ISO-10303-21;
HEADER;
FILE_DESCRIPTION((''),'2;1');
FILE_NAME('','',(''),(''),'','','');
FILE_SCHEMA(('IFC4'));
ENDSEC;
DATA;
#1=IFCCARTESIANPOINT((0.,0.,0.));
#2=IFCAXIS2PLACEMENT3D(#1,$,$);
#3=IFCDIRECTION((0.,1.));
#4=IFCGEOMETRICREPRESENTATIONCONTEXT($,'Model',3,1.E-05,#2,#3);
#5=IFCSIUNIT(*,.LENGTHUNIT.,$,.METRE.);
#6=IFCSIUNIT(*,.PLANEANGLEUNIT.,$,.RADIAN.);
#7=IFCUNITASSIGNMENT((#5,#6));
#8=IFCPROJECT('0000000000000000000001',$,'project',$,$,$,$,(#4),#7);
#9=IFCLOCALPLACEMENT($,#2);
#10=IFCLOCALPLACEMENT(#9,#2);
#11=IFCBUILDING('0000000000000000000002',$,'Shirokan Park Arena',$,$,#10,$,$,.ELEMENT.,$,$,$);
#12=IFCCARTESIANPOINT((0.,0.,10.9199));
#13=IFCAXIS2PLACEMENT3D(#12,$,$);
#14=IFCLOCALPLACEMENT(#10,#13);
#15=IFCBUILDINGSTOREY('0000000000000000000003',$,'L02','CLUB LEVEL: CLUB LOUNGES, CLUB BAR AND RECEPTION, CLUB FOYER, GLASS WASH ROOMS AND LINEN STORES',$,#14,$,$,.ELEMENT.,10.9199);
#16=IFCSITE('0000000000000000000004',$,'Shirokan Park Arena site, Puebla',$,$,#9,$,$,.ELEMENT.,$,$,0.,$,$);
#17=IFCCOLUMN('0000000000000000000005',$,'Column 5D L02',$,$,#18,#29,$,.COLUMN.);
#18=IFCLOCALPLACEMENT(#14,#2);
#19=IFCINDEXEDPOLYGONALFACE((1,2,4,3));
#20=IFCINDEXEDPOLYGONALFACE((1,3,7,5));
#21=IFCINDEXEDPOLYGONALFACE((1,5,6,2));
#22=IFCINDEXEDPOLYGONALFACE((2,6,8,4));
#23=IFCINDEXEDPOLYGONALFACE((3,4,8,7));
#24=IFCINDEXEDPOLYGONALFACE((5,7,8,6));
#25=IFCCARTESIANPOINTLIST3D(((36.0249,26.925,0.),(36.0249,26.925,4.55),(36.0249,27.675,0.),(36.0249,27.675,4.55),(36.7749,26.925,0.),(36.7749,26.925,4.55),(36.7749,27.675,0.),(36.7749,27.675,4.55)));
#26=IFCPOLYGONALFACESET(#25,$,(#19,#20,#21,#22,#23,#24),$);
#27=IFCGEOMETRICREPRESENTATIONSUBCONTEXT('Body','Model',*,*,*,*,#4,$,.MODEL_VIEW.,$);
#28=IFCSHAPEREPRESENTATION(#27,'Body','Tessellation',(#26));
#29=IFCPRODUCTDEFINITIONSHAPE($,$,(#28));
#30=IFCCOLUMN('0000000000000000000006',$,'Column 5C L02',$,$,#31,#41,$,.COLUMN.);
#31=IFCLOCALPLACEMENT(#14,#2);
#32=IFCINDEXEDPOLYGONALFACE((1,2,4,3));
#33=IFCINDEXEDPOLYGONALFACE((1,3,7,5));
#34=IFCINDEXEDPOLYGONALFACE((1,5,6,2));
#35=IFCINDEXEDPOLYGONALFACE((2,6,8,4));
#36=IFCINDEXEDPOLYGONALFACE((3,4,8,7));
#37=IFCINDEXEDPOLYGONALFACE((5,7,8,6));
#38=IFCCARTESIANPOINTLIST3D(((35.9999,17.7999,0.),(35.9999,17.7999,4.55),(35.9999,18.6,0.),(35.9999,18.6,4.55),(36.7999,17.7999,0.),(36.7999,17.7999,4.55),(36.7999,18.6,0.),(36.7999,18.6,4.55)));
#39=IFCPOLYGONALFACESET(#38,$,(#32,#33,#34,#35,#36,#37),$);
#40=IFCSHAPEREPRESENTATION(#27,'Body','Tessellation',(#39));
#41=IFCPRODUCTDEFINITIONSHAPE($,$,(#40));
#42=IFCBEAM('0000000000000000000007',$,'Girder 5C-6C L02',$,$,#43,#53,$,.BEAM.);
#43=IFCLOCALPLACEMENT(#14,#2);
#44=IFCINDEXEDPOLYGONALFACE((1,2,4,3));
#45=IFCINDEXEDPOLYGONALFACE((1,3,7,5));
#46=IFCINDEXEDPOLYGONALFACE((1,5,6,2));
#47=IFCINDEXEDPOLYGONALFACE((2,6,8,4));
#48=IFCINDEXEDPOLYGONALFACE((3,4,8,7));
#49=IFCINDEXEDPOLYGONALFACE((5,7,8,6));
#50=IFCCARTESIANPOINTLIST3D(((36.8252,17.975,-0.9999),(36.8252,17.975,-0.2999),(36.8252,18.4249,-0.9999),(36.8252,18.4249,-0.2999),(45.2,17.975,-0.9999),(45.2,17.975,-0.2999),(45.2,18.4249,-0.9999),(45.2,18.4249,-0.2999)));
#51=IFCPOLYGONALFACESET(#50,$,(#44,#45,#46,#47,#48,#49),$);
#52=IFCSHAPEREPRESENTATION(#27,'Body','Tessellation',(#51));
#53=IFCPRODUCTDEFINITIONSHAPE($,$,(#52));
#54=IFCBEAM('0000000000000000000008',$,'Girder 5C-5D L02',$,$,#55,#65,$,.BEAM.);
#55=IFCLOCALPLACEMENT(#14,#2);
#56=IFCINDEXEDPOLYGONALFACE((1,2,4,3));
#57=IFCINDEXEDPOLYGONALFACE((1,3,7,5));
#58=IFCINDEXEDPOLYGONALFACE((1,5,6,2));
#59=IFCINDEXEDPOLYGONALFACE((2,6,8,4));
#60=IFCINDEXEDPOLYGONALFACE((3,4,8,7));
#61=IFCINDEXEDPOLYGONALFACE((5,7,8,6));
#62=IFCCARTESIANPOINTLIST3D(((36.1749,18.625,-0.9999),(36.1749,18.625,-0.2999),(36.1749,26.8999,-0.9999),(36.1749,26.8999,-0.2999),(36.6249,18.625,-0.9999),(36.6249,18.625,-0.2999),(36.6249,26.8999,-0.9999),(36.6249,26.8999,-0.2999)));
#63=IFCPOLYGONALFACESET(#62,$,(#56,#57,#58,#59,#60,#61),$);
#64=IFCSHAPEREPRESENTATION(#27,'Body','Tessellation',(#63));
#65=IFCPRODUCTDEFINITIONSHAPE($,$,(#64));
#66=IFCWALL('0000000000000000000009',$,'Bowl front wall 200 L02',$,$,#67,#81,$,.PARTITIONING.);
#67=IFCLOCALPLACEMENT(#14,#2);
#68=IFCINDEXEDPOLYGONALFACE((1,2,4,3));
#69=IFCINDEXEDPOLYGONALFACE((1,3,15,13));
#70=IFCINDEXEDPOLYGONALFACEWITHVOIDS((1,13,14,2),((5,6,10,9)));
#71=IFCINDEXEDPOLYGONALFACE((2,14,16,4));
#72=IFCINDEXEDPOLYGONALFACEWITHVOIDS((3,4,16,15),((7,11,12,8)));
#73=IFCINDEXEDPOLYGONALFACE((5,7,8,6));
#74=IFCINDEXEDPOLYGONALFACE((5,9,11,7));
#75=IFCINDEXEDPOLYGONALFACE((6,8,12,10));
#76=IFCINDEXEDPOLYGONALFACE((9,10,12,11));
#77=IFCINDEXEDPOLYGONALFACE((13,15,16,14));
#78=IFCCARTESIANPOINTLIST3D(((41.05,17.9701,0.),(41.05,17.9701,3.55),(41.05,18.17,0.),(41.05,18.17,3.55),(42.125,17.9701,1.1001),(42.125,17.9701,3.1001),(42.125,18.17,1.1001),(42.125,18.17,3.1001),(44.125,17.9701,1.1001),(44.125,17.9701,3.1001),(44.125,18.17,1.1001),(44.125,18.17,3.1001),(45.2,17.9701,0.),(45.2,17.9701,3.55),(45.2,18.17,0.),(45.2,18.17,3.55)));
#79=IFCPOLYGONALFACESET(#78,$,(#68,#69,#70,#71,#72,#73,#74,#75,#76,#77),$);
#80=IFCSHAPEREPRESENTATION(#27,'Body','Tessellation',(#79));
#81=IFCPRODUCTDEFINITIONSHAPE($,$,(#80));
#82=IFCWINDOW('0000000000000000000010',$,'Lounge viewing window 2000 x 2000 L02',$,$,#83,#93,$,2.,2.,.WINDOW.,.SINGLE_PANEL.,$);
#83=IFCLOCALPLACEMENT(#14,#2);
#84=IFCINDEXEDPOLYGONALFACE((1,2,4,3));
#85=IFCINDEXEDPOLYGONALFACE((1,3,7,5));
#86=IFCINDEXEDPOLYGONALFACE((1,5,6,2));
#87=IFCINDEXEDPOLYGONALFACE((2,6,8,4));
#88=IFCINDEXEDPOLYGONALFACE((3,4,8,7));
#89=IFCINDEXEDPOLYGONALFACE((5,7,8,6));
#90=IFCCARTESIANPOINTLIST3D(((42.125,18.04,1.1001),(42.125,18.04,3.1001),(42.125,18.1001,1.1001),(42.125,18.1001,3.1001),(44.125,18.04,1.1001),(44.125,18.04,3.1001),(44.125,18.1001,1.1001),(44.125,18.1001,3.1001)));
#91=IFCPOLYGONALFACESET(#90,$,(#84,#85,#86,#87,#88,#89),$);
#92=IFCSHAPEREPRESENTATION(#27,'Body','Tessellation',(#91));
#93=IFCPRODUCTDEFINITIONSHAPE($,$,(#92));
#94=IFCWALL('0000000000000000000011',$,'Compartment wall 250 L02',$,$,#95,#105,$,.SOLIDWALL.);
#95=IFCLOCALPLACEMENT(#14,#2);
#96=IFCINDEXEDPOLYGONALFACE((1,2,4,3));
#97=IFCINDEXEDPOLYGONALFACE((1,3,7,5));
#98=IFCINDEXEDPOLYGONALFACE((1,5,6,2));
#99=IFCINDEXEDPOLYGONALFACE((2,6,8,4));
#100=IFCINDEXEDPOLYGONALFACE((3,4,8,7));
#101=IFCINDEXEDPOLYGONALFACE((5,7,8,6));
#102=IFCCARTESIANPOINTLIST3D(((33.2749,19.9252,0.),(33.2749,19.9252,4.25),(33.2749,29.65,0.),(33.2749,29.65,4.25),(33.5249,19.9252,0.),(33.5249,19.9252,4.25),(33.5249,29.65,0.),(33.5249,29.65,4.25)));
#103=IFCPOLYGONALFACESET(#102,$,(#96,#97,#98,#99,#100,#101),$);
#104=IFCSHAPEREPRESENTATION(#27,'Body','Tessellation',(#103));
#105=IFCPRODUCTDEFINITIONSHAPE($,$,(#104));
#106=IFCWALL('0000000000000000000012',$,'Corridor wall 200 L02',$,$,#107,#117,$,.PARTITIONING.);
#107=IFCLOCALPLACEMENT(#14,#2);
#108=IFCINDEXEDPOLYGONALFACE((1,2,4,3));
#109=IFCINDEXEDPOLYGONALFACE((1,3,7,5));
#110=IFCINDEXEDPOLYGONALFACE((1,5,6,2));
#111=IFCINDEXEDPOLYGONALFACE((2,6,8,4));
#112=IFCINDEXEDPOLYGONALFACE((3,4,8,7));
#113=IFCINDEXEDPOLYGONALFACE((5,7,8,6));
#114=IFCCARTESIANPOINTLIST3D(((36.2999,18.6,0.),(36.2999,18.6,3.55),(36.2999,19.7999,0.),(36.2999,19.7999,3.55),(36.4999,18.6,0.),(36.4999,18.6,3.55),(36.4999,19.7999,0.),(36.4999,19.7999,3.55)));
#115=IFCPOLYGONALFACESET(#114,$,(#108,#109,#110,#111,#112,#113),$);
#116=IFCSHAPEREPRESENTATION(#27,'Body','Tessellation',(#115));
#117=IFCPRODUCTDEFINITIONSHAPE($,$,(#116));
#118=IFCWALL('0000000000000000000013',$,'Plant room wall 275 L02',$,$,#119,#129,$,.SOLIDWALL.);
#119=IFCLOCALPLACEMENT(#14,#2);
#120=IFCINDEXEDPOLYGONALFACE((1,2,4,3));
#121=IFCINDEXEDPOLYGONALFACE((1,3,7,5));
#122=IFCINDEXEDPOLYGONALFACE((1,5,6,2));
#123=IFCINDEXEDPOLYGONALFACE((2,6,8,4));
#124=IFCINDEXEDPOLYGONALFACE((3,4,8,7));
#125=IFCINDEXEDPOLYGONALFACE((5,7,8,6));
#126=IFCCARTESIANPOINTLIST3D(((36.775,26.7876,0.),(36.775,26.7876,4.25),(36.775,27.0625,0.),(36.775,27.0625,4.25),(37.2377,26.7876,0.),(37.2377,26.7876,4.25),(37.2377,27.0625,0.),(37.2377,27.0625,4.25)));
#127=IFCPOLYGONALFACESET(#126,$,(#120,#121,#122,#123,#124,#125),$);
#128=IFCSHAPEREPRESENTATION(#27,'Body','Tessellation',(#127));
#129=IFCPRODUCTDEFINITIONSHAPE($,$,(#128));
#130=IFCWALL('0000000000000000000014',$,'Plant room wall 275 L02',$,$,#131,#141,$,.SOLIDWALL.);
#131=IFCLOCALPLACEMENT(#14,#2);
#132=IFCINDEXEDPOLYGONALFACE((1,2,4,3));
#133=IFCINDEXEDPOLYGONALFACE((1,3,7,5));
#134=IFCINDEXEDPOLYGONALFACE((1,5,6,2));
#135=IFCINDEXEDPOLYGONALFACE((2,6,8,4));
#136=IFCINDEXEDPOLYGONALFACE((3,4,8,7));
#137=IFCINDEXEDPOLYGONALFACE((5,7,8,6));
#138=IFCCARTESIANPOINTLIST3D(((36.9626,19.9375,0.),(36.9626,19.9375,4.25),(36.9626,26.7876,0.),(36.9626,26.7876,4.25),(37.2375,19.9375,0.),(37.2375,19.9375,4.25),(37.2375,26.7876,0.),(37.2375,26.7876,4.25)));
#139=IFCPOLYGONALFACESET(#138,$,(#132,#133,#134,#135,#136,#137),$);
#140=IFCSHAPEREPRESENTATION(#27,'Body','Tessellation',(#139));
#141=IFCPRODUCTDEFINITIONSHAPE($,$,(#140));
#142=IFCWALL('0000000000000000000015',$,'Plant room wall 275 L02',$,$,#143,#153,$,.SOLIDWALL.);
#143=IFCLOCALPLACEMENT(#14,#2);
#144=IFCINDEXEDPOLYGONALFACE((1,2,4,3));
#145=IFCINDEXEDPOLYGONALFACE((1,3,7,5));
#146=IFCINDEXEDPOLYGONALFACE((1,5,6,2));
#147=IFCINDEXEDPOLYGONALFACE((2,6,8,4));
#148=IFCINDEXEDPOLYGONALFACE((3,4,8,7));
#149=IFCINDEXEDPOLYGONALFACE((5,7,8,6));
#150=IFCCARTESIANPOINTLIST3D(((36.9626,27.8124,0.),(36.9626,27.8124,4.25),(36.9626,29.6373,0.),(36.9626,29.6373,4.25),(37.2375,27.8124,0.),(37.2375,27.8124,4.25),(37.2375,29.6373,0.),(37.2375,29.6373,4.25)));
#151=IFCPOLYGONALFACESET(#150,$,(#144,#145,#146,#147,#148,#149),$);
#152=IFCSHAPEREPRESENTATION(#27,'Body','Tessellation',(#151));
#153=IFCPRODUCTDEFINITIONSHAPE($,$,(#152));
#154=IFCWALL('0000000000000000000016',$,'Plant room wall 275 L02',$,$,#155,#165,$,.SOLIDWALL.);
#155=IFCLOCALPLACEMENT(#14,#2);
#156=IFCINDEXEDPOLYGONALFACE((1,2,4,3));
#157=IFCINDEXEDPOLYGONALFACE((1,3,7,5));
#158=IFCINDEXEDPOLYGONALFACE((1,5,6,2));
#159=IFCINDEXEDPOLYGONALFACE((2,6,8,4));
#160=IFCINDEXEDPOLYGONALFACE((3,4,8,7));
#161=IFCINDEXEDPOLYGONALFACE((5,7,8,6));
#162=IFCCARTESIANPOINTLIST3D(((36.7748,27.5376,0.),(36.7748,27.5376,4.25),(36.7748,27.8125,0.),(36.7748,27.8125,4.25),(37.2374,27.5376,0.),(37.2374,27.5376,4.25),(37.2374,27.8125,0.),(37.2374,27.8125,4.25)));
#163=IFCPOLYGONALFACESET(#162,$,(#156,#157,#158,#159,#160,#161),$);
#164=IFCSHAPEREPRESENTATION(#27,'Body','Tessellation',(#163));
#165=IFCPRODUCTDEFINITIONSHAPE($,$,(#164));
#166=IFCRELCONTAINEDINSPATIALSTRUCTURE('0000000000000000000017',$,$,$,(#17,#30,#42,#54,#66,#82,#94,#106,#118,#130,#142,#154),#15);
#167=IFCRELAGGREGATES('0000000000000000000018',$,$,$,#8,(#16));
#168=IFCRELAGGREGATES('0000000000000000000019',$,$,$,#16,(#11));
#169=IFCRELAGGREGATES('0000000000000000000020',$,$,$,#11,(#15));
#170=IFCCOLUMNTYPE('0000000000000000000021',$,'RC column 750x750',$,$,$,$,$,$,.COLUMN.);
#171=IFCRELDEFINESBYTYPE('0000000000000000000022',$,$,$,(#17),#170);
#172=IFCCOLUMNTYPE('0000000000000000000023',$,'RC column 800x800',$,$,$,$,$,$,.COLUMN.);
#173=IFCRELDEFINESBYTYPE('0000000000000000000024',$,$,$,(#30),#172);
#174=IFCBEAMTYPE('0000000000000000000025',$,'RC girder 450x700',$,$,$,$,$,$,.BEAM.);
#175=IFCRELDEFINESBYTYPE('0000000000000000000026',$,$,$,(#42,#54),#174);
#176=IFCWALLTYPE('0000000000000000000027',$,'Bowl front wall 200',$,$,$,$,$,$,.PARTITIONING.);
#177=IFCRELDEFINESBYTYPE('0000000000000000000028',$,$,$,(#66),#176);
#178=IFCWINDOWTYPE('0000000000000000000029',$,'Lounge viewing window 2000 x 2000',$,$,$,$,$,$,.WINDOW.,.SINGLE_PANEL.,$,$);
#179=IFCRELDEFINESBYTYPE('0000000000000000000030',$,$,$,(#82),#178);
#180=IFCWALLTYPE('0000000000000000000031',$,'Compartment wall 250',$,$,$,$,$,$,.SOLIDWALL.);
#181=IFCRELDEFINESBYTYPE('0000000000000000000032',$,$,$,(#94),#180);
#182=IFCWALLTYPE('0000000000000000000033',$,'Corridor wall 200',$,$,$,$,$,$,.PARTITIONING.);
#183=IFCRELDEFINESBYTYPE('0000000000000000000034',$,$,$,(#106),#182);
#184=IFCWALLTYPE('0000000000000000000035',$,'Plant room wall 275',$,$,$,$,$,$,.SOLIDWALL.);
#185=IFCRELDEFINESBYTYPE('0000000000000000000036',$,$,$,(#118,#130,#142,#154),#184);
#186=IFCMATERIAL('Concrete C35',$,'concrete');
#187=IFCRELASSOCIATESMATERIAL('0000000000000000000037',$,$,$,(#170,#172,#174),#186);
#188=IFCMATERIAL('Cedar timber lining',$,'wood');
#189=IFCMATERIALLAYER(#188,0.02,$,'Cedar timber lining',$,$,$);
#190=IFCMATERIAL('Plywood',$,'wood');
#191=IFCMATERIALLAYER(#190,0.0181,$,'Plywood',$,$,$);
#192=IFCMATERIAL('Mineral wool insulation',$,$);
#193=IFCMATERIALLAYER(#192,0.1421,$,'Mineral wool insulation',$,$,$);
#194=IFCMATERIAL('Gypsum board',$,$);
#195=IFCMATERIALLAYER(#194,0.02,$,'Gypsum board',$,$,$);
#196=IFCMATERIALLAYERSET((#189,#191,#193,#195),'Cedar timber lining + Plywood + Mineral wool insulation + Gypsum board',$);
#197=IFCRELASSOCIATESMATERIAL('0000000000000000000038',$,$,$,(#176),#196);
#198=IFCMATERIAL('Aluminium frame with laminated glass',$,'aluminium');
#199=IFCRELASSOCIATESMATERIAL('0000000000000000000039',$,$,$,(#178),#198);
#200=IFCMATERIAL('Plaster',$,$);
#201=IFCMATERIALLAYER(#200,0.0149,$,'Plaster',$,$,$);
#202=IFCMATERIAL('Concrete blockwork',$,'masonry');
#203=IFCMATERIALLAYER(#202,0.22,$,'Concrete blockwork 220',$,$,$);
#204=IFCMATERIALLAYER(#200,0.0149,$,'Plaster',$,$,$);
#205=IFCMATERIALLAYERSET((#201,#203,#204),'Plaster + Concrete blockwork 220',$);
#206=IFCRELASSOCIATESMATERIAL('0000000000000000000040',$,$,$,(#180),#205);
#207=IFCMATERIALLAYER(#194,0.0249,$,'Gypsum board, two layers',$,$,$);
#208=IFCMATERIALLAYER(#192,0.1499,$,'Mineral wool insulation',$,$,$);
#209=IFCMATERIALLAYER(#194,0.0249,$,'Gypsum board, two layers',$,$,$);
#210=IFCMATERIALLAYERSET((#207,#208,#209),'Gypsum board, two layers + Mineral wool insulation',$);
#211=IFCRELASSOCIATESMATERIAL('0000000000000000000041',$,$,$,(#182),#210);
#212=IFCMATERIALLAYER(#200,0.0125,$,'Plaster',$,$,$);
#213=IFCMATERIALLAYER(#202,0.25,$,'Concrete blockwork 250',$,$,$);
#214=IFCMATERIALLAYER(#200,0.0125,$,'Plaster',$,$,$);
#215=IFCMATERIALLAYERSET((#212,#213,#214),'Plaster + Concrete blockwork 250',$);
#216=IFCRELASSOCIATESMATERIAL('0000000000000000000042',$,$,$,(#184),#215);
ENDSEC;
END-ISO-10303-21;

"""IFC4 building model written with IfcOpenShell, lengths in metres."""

from ifc_helpers import new_model, si_unit, direction, frame, frame_2d, origin, origin_2d, place, context, subcontext, project, spatial, rectangle, extrude, material, layer, layer_set, material_profile, profile_set, type_object, element, fill, save


model = new_model("IFC4")

# Units and contexts
model_context = context("Model", 3, precision=1e-05, world=origin(), true_north=direction((0.0, 1.0)))
body_context = subcontext(model_context, "Body", "Model", "MODEL_VIEW")
ifc_project = project(units=[si_unit("LENGTHUNIT", "METRE"), si_unit("PLANEANGLEUNIT", "RADIAN")], contexts=[model_context])

# Site, building, storey
site_placement = place(None, origin())
site = spatial("IfcSite", under=ifc_project, at=site_placement, Name="Shirokan Park Arena site, Puebla", CompositionType="ELEMENT", RefElevation=0.0)
building_placement = place(site_placement, origin())
building = spatial("IfcBuilding", under=site, at=building_placement, Name="Shirokan Park Arena", CompositionType="ELEMENT")
storey_placement = place(building_placement, frame((0.0, 0.0, 10.9199)))
storey = spatial("IfcBuildingStorey", under=building, at=storey_placement, Name="L02", Description="CLUB LEVEL: CLUB LOUNGES, CLUB BAR AND RECEPTION, CLUB FOYER, GLASS WASH ROOMS AND LINEN STORES", CompositionType="ELEMENT", Elevation=10.9199)

# Columns
ifc_material_1 = material(Name="Concrete C35", Category="concrete")
ifc_material_profile_1 = material_profile(ifc_material_1, rectangle(XDim=0.75, YDim=0.75, at=origin_2d()), Name="750x750")
ifc_profile_set_1 = profile_set([ifc_material_profile_1], Name="Concrete C35")
column_type_1 = type_object("IfcColumnType", Name="RC column 750x750", PredefinedType="COLUMN", material=ifc_profile_set_1)
column_1_placement = place(storey_placement, frame((36.3999, 27.3, 0.0), z_axis=(0.0, 0.0, 1.0), x_axis=(1.0, 0.0, 0.0)))
element("IfcColumn", 1, at=column_1_placement, inside=storey, type_object=column_type_1, Name="Column 5D L02", PredefinedType="COLUMN", context=body_context, shape_type="SweptSolid", body=[
    extrude(rectangle(XDim=0.75, YDim=0.75, at=origin_2d()), origin(), (0.0, 0.0, 1.0), 4.55),
])
ifc_material_profile_2 = material_profile(ifc_material_1, rectangle(XDim=0.8, YDim=0.8, at=origin_2d()), Name="800x800")
ifc_profile_set_2 = profile_set([ifc_material_profile_2], Name="Concrete C35")
column_type_2 = type_object("IfcColumnType", Name="RC column 800x800", PredefinedType="COLUMN", material=ifc_profile_set_2)
column_2_placement = place(storey_placement, frame((36.3999, 18.2, 0.0), z_axis=(0.0, 0.0, 1.0), x_axis=(1.0, 0.0, 0.0)))
element("IfcColumn", 2, at=column_2_placement, inside=storey, type_object=column_type_2, Name="Column 5C L02", PredefinedType="COLUMN", context=body_context, shape_type="SweptSolid", body=[
    extrude(rectangle(XDim=0.8, YDim=0.8, at=origin_2d()), origin(), (0.0, 0.0, 1.0), 4.55),
])

# Beams
ifc_material_profile_3 = material_profile(ifc_material_1, rectangle(XDim=0.45, YDim=0.7, at=origin_2d()), Name="450x700")
ifc_profile_set_3 = profile_set([ifc_material_profile_3], Name="Concrete C35")
beam_type = type_object("IfcBeamType", Name="RC girder 450x700", PredefinedType="BEAM", material=ifc_profile_set_3)
beam_1_placement = place(storey_placement, frame((36.8252, 18.2, -0.6499), z_axis=(1.0, 0.0, 0.0), x_axis=(0.0, 1.0, 0.0)))
element("IfcBeam", 3, at=beam_1_placement, inside=storey, type_object=beam_type, Name="Girder 5C-6C L02", PredefinedType="BEAM", context=body_context, shape_type="SweptSolid", body=[
    extrude(rectangle(XDim=0.45, YDim=0.7, at=origin_2d()), origin(), (0.0, 0.0, 1.0), 8.3748),
])
beam_2_placement = place(storey_placement, frame((36.3999, 18.625, -0.6499), z_axis=(0.0, 1.0, 0.0), x_axis=(-1.0, 0.0, 0.0)))
element("IfcBeam", 4, at=beam_2_placement, inside=storey, type_object=beam_type, Name="Girder 5C-5D L02", PredefinedType="BEAM", context=body_context, shape_type="SweptSolid", body=[
    extrude(rectangle(XDim=0.45, YDim=0.7, at=origin_2d()), origin(), (0.0, 0.0, 1.0), 8.2749),
])

# Wall, opening, window
ifc_material_2 = material(Name="Cedar timber lining", Category="wood")
ifc_layer_1 = layer(ifc_material_2, 0.02, Name="Cedar timber lining")
ifc_material_3 = material(Name="Plywood", Category="wood")
ifc_layer_2 = layer(ifc_material_3, 0.0181, Name="Plywood")
ifc_material_4 = material(Name="Mineral wool insulation")
ifc_layer_3 = layer(ifc_material_4, 0.1421, Name="Mineral wool insulation")
ifc_material_5 = material(Name="Gypsum board")
ifc_layer_4 = layer(ifc_material_5, 0.02, Name="Gypsum board")
ifc_layer_set_1 = layer_set([ifc_layer_1, ifc_layer_2, ifc_layer_3, ifc_layer_4], Name="Cedar timber lining + Plywood + Mineral wool insulation + Gypsum board")
wall_type_1 = type_object("IfcWallType", Name="Bowl front wall 200", PredefinedType="PARTITIONING", material=ifc_layer_set_1)
wall_1_placement = place(storey_placement, frame((41.05, 18.0701, 0.0), z_axis=(0.0, 0.0, 1.0), x_axis=(1.0, 0.0, 0.0)))
wall_1 = element("IfcWall", 5, at=wall_1_placement, inside=storey, type_object=wall_type_1, Name="Bowl front wall 200 L02", PredefinedType="PARTITIONING", context=body_context, shape_type="SweptSolid", body=[
    extrude(rectangle(XDim=4.1499, YDim=0.2, at=frame_2d((2.075, 0.0))), origin(), (0.0, 0.0, 1.0), 3.55),
])
opening_1_placement = place(wall_1_placement, frame((1.075, 0.0, 1.1001)))
opening_1 = element("IfcOpeningElement", 6, at=opening_1_placement, cuts=wall_1, PredefinedType="OPENING", context=body_context, shape_type="SweptSolid", body=[
    extrude(rectangle(XDim=2.0, YDim=2.0, at=frame_2d((1.0, 1.0))), frame((0.0, 0.1099, 0.0), z_axis=(0.0, -1.0, 0.0), x_axis=(1.0, 0.0, 0.0)), (0.0, 0.0, 1.0), 0.22),
])
ifc_material_6 = material(Name="Aluminium frame with laminated glass", Category="aluminium")
window_type = type_object("IfcWindowType", Name="Lounge viewing window 2000 x 2000", PartitioningType="SINGLE_PANEL", PredefinedType="WINDOW", material=ifc_material_6)
window_placement = place(opening_1_placement, origin())
window = element("IfcWindow", 7, at=window_placement, inside=storey, type_object=window_type, Name="Lounge viewing window 2000 x 2000 L02", OverallHeight=2.0, OverallWidth=2.0, PartitioningType="SINGLE_PANEL", PredefinedType="WINDOW", context=body_context, shape_type="SweptSolid", body=[
    extrude(rectangle(XDim=2.0, YDim=2.0, at=frame_2d((1.0, 1.0))), frame((0.0, 0.03, 0.0), z_axis=(0.0, -1.0, 0.0), x_axis=(1.0, 0.0, 0.0)), (0.0, 0.0, 1.0), 0.0601),
])
fill(opening_1, window)

# Walls
ifc_material_7 = material(Name="Plaster")
ifc_layer_5 = layer(ifc_material_7, 0.0149, Name="Plaster")
ifc_material_8 = material(Name="Concrete blockwork", Category="masonry")
ifc_layer_6 = layer(ifc_material_8, 0.22, Name="Concrete blockwork 220")
ifc_layer_7 = layer(ifc_material_7, 0.0149, Name="Plaster")
ifc_layer_set_2 = layer_set([ifc_layer_5, ifc_layer_6, ifc_layer_7], Name="Plaster + Concrete blockwork 220")
wall_type_2 = type_object("IfcWallType", Name="Compartment wall 250", PredefinedType="SOLIDWALL", material=ifc_layer_set_2)
wall_2_placement = place(storey_placement, frame((33.3999, 29.6499, 0.0), z_axis=(0.0, 0.0, 1.0), x_axis=(0.0, -1.0, 0.0)))
element("IfcWall", 8, at=wall_2_placement, inside=storey, type_object=wall_type_2, Name="Compartment wall 250 L02", PredefinedType="SOLIDWALL", context=body_context, shape_type="SweptSolid", body=[
    extrude(rectangle(XDim=9.7249, YDim=0.25, at=frame_2d((4.8623, 0.0))), origin(), (0.0, 0.0, 1.0), 4.25),
])
ifc_layer_8 = layer(ifc_material_5, 0.0249, Name="Gypsum board, two layers")
ifc_layer_9 = layer(ifc_material_4, 0.1499, Name="Mineral wool insulation")
ifc_layer_10 = layer(ifc_material_5, 0.0249, Name="Gypsum board, two layers")
ifc_layer_set_3 = layer_set([ifc_layer_8, ifc_layer_9, ifc_layer_10], Name="Gypsum board, two layers + Mineral wool insulation")
wall_type_3 = type_object("IfcWallType", Name="Corridor wall 200", PredefinedType="PARTITIONING", material=ifc_layer_set_3)
wall_3_placement = place(storey_placement, frame((36.3999, 19.8, 0.0), z_axis=(0.0, 0.0, 1.0), x_axis=(0.0, -1.0, 0.0)))
element("IfcWall", 9, at=wall_3_placement, inside=storey, type_object=wall_type_3, Name="Corridor wall 200 L02", PredefinedType="PARTITIONING", context=body_context, shape_type="SweptSolid", body=[
    extrude(rectangle(XDim=1.2, YDim=0.2, at=frame_2d((0.6001, 0.0))), origin(), (0.0, 0.0, 1.0), 3.55),
])

# Wall
ifc_layer_11 = layer(ifc_material_7, 0.0125, Name="Plaster")
ifc_layer_12 = layer(ifc_material_8, 0.25, Name="Concrete blockwork 250")
ifc_layer_13 = layer(ifc_material_7, 0.0125, Name="Plaster")
ifc_layer_set_4 = layer_set([ifc_layer_11, ifc_layer_12, ifc_layer_13], Name="Plaster + Concrete blockwork 250")
wall_type_4 = type_object("IfcWallType", Name="Plant room wall 275", PredefinedType="SOLIDWALL", material=ifc_layer_set_4)
wall_4_placement = place(storey_placement, frame((36.7749, 26.925, 0.0), z_axis=(0.0, 0.0, 1.0), x_axis=(1.0, 0.0, 0.0)))
element("IfcWall", 10, at=wall_4_placement, inside=storey, type_object=wall_type_4, Name="Plant room wall 275 L02", PredefinedType="SOLIDWALL", context=body_context, shape_type="SweptSolid", body=[
    extrude(rectangle(XDim=0.4626, YDim=0.2749, at=frame_2d((0.2314, 0.0))), origin(), (0.0, 0.0, 1.0), 4.25),
])

# Walls
wall_5_placement = place(storey_placement, frame((37.1001, 26.7876, 0.0), z_axis=(0.0, 0.0, 1.0), x_axis=(0.0, -1.0, 0.0)))
element("IfcWall", 11, at=wall_5_placement, inside=storey, type_object=wall_type_4, Name="Plant room wall 275 L02", PredefinedType="SOLIDWALL", context=body_context, shape_type="SweptSolid", body=[
    extrude(rectangle(XDim=6.8501, YDim=0.2749, at=frame_2d((3.425, 0.0))), origin(), (0.0, 0.0, 1.0), 4.25),
])
wall_6_placement = place(storey_placement, frame((37.1001, 29.6375, 0.0), z_axis=(0.0, 0.0, 1.0), x_axis=(0.0, -1.0, 0.0)))
element("IfcWall", 12, at=wall_6_placement, inside=storey, type_object=wall_type_4, Name="Plant room wall 275 L02", PredefinedType="SOLIDWALL", context=body_context, shape_type="SweptSolid", body=[
    extrude(rectangle(XDim=1.825, YDim=0.2749, at=frame_2d((0.9126, 0.0))), origin(), (0.0, 0.0, 1.0), 4.25),
])
wall_7_placement = place(storey_placement, frame((37.2375, 27.675, 0.0), z_axis=(0.0, 0.0, 1.0), x_axis=(-1.0, 0.0, 0.0)))
element("IfcWall", 13, at=wall_7_placement, inside=storey, type_object=wall_type_4, Name="Plant room wall 275 L02", PredefinedType="SOLIDWALL", context=body_context, shape_type="SweptSolid", body=[
    extrude(rectangle(XDim=0.4626, YDim=0.2749, at=frame_2d((0.2314, 0.0))), origin(), (0.0, 0.0, 1.0), 4.25),
])

save(model, "model.ifc")
